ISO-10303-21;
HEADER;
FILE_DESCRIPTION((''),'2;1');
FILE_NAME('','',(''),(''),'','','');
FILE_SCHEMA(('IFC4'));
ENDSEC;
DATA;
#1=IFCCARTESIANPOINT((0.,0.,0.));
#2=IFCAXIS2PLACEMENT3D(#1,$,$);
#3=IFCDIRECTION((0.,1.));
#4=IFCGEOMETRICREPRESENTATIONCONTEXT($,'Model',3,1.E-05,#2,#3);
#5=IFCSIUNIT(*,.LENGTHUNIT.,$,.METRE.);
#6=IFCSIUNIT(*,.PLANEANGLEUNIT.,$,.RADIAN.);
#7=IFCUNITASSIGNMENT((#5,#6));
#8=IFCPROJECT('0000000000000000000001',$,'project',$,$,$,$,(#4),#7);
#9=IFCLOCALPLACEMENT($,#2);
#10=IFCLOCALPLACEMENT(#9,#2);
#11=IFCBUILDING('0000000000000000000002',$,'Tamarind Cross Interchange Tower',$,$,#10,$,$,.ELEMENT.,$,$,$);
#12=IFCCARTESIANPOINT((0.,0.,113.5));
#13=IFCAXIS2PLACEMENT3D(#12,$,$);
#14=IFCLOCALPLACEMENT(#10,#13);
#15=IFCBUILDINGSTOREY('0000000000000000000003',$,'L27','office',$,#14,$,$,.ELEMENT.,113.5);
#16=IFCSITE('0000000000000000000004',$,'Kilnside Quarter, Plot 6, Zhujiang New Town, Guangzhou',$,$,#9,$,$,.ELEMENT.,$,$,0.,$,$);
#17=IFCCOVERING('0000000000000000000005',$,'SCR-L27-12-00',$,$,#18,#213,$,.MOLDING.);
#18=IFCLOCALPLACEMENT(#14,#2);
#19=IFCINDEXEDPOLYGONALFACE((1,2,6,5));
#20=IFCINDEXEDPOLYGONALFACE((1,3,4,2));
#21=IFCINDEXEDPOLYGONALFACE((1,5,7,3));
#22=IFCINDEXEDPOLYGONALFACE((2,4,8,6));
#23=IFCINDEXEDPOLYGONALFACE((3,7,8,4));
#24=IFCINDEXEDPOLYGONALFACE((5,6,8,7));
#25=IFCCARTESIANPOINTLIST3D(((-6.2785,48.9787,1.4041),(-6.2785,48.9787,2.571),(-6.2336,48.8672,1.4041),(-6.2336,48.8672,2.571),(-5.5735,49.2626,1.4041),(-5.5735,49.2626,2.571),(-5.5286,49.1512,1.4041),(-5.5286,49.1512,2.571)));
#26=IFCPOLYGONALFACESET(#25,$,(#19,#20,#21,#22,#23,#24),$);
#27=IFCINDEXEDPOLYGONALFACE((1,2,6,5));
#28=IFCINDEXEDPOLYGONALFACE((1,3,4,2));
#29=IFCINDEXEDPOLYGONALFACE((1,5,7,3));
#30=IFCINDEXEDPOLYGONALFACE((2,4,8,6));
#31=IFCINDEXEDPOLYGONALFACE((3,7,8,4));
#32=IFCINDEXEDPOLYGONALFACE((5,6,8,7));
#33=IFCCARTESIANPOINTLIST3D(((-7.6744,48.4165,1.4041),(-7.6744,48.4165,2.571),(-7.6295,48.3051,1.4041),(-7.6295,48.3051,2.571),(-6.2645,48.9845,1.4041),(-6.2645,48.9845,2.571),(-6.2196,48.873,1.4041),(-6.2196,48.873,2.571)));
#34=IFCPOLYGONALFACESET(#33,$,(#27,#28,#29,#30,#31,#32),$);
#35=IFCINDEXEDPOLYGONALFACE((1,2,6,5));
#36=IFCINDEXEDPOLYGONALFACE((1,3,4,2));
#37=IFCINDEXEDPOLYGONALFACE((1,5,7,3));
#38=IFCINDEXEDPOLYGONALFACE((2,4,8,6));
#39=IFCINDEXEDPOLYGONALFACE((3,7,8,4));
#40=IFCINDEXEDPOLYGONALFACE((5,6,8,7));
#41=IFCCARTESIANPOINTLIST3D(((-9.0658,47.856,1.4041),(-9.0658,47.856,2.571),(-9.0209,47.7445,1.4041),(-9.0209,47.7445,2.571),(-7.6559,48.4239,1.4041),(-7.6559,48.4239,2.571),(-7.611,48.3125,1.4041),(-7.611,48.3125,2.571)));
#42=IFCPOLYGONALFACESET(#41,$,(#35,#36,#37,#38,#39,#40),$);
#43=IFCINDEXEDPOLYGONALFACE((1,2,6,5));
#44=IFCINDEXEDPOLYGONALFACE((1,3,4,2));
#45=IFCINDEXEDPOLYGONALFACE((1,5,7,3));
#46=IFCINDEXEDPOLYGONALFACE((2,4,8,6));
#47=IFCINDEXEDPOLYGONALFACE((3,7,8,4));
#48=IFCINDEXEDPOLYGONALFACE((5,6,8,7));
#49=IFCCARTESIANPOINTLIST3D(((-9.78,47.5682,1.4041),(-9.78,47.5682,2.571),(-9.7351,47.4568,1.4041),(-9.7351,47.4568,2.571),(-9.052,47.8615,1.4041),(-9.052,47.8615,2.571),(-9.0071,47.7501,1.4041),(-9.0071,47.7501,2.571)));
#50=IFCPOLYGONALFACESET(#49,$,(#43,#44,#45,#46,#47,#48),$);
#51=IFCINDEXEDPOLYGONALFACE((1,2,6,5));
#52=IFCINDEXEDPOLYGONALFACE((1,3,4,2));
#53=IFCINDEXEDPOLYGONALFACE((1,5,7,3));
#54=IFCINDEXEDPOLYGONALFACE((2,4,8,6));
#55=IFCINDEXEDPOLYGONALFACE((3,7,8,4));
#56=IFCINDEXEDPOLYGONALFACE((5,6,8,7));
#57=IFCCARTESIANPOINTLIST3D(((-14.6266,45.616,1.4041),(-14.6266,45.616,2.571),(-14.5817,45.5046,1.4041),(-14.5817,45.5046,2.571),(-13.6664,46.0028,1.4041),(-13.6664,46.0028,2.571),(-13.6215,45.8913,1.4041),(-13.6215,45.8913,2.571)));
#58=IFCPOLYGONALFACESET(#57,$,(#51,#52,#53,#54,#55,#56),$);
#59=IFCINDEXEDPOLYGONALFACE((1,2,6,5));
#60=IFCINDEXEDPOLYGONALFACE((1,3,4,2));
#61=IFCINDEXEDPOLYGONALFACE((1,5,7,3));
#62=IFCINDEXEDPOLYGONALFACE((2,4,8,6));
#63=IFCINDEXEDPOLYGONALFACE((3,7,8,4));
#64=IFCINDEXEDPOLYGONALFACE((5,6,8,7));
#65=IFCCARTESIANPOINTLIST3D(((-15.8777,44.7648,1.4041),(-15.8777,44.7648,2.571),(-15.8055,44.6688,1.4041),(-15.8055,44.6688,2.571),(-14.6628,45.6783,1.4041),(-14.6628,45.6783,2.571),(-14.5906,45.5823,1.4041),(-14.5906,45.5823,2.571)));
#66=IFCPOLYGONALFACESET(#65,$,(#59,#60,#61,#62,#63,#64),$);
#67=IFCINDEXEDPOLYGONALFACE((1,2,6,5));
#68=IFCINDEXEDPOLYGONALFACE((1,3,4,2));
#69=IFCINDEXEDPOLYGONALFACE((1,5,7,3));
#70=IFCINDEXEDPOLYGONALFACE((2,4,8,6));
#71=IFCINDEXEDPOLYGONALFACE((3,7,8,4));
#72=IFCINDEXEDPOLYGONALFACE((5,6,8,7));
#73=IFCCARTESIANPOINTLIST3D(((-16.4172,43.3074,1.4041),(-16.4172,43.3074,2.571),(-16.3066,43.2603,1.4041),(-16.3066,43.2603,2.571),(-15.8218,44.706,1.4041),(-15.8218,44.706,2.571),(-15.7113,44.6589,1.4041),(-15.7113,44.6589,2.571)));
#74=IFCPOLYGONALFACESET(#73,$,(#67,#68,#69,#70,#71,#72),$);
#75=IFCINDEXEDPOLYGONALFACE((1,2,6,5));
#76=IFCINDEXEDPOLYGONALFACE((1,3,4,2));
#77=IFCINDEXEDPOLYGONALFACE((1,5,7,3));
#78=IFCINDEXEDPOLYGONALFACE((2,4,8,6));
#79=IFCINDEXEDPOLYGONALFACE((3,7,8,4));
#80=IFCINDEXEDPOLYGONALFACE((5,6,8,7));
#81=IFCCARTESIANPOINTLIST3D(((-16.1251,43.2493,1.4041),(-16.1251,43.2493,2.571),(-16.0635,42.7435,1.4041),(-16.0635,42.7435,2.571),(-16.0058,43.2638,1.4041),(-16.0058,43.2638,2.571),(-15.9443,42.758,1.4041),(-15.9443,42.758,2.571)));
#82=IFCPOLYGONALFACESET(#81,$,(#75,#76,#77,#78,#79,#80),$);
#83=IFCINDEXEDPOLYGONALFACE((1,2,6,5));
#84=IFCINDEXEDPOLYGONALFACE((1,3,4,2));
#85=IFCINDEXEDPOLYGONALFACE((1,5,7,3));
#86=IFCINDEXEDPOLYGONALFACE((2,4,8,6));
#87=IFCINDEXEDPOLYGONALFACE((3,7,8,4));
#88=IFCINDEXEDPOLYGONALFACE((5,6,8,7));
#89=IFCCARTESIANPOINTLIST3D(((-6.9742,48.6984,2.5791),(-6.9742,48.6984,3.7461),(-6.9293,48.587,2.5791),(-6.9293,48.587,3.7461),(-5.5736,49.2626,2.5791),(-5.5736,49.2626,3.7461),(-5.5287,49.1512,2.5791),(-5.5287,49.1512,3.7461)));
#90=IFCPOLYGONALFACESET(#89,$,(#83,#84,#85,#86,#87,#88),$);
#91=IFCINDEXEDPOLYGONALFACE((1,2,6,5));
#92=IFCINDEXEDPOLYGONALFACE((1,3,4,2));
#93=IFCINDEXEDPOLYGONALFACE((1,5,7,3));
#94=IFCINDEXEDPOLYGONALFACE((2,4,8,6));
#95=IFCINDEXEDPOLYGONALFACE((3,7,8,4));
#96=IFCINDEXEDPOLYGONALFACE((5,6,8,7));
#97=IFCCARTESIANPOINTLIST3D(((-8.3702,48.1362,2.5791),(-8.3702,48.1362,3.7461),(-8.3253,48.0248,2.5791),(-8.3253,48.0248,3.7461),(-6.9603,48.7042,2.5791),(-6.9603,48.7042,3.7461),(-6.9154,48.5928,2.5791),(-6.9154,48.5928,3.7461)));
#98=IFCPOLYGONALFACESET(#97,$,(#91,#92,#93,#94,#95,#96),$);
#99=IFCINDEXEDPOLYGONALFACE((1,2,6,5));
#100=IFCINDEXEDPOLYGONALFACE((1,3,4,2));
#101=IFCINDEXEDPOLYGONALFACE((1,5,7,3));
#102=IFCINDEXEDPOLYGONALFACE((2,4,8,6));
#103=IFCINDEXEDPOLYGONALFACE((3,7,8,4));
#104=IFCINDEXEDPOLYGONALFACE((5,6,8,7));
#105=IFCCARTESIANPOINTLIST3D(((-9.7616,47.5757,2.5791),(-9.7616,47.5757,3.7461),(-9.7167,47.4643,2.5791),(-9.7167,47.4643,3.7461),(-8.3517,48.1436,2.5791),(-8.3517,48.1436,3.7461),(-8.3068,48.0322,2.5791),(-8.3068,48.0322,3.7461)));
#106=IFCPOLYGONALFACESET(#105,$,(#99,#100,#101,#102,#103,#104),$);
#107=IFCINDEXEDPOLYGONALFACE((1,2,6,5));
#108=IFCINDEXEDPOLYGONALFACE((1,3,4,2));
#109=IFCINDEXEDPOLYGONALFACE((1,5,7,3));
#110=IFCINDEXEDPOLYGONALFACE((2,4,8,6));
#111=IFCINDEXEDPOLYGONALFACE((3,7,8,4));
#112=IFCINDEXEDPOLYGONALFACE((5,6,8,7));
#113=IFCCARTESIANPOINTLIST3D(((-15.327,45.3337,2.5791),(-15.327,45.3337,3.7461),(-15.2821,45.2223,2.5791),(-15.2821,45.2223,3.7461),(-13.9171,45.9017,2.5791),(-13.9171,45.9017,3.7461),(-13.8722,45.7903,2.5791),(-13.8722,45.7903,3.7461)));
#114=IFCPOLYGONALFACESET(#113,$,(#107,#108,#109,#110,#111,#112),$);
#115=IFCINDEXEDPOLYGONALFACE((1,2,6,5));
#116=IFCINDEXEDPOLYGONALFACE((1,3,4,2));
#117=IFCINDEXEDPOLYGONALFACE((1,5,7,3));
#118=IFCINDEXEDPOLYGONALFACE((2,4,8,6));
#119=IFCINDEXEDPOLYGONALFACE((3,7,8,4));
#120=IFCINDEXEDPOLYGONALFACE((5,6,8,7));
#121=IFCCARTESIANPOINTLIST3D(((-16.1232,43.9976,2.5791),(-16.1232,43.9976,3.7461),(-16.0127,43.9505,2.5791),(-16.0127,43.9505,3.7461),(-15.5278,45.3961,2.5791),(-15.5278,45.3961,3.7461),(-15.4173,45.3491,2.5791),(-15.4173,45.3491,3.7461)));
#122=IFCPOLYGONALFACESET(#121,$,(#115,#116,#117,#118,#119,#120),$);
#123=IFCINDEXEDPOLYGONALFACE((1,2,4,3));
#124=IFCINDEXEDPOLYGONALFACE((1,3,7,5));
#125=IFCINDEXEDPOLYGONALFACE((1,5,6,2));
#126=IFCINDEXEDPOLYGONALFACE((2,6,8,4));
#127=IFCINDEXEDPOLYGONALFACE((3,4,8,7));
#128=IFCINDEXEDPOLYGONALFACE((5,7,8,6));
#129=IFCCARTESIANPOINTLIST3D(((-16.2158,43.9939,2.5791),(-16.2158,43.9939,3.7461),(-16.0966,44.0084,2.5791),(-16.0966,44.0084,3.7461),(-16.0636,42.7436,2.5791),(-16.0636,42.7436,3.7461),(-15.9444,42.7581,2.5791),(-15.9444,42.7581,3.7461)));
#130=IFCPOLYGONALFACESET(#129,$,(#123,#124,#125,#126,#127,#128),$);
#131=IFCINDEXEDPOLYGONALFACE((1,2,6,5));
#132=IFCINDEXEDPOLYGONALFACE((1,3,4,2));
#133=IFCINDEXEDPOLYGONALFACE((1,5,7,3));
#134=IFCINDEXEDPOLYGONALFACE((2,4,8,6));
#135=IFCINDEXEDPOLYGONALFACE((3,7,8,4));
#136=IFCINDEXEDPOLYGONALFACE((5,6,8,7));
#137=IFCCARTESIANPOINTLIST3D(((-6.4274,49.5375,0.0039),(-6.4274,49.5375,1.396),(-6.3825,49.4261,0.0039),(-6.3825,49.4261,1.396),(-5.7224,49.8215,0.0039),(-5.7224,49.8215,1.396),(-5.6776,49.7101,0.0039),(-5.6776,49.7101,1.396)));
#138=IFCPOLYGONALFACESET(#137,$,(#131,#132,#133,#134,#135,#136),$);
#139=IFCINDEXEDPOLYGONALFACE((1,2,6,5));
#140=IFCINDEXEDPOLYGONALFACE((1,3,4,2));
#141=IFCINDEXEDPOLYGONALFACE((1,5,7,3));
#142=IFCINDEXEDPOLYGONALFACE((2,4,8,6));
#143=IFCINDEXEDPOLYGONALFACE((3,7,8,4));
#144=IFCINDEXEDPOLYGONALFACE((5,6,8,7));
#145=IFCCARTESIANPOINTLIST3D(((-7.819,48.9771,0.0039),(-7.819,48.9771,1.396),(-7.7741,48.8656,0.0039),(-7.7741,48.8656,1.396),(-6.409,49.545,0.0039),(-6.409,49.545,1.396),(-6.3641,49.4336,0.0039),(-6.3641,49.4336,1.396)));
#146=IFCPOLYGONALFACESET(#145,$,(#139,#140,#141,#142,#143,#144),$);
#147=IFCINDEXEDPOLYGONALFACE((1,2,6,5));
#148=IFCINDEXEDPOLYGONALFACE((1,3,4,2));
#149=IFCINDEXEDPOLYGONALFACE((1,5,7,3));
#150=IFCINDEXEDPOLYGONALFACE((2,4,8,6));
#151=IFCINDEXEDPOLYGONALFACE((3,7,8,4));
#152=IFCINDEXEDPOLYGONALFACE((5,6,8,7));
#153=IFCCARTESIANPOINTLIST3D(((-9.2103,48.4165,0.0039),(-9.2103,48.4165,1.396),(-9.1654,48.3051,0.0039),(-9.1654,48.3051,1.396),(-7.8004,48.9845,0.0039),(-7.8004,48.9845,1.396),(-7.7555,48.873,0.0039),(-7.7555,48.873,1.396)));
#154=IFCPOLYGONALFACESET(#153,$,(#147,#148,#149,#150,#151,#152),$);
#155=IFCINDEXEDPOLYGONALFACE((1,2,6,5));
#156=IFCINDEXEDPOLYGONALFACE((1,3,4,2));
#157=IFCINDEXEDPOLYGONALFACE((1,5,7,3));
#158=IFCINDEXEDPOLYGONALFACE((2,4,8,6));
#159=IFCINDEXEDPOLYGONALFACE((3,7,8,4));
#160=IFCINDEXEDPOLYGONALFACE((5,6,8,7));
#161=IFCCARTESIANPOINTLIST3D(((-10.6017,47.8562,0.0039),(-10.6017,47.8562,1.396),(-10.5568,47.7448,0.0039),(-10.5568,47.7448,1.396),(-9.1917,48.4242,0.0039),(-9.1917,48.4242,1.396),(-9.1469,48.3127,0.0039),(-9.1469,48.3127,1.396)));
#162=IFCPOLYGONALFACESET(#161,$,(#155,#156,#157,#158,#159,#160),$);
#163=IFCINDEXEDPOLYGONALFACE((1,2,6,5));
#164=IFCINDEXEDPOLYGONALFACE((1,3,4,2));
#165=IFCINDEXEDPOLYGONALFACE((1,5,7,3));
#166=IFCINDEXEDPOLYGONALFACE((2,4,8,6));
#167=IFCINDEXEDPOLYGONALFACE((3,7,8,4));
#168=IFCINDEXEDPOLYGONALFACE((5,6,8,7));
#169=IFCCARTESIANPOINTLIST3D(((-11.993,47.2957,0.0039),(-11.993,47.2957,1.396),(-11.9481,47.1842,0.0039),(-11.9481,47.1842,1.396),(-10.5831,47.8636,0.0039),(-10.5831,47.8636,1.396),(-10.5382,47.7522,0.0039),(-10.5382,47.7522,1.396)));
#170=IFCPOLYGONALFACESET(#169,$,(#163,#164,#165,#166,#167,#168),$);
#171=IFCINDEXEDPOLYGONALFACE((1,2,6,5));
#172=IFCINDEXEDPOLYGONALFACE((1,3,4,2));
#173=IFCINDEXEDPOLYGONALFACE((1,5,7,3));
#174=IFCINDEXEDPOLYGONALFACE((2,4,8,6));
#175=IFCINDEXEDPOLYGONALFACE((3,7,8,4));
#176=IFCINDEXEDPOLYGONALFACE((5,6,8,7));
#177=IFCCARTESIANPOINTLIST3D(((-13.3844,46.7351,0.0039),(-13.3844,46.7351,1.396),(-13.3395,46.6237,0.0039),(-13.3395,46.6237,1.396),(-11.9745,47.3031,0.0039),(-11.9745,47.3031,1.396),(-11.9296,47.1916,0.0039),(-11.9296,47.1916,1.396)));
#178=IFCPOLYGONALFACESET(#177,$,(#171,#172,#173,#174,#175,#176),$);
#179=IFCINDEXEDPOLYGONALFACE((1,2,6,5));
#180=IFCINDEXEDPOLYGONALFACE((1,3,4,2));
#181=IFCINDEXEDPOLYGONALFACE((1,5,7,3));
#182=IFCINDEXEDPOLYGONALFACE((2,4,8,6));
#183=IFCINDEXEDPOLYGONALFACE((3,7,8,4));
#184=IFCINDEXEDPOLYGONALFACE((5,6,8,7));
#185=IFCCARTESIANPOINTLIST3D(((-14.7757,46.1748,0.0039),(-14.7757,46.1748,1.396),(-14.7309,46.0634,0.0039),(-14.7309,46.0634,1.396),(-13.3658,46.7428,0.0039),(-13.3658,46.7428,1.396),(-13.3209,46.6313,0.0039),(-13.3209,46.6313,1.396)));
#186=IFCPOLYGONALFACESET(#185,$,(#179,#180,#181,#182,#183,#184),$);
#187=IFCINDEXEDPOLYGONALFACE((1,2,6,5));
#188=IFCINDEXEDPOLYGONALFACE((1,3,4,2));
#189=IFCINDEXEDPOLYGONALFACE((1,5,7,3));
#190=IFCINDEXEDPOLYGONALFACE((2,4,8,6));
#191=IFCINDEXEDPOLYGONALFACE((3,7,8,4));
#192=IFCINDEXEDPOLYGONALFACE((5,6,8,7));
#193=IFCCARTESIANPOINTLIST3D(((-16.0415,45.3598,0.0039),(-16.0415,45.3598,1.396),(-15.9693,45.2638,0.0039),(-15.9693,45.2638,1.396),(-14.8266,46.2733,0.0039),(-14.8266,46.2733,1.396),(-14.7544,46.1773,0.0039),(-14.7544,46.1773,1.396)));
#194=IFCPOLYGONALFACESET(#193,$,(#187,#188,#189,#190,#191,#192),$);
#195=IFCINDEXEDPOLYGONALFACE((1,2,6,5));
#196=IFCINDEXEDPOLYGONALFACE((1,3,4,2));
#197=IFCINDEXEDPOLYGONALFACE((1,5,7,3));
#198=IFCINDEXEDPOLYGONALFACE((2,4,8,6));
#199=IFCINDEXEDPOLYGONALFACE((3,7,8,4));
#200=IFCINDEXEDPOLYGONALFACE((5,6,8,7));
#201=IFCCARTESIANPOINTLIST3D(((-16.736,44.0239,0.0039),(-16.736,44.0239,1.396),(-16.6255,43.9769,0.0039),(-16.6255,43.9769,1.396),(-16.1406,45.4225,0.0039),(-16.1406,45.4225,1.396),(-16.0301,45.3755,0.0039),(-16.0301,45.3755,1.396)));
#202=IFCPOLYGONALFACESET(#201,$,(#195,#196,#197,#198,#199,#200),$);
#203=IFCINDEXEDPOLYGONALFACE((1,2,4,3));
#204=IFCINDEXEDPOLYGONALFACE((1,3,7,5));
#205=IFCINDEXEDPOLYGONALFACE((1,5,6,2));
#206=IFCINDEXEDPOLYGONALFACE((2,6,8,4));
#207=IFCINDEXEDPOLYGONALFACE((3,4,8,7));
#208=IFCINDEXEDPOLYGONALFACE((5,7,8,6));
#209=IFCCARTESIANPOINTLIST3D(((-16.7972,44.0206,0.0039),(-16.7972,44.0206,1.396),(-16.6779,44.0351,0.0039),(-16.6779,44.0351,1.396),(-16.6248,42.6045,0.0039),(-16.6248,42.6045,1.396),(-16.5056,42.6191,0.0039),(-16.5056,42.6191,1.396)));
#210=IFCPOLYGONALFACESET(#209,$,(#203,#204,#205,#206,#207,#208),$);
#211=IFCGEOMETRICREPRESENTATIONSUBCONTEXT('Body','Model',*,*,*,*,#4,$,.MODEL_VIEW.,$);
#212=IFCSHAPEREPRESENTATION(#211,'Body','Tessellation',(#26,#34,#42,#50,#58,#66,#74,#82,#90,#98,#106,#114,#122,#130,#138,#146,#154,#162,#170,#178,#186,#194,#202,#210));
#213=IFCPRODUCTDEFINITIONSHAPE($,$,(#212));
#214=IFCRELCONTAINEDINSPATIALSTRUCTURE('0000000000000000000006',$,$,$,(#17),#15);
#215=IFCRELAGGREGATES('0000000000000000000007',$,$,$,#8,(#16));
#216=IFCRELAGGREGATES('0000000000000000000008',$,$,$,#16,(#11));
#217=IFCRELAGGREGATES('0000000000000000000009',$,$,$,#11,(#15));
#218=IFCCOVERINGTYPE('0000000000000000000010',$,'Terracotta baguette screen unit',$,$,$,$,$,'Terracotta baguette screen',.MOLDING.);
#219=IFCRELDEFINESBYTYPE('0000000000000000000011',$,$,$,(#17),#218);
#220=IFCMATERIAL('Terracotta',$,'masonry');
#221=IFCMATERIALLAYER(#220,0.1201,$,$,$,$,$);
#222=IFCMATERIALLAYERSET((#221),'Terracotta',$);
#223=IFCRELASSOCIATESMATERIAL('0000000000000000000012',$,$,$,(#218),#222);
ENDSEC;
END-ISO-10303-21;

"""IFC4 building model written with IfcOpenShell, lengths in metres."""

from ifc_helpers import new_model, si_unit, direction, frame, origin, origin_2d, place, context, subcontext, project, spatial, rectangle, extrude, material, layer, layer_set, type_object, element, save


model = new_model("IFC4")

# Units and contexts
model_context = context("Model", 3, precision=1e-05, world=origin(), true_north=direction((0.0, 1.0)))
body_context = subcontext(model_context, "Body", "Model", "MODEL_VIEW")
ifc_project = project(units=[si_unit("LENGTHUNIT", "METRE"), si_unit("PLANEANGLEUNIT", "RADIAN")], contexts=[model_context])

# Site, building, storey
site_placement = place(None, origin())
site = spatial("IfcSite", under=ifc_project, at=site_placement, Name="Kilnside Quarter, Plot 6, Zhujiang New Town, Guangzhou", CompositionType="ELEMENT", RefElevation=0.0)
building_placement = place(site_placement, origin())
building = spatial("IfcBuilding", under=site, at=building_placement, Name="Tamarind Cross Interchange Tower", CompositionType="ELEMENT")
storey_placement = place(building_placement, frame((0.0, 0.0, 113.5)))
storey = spatial("IfcBuildingStorey", under=building, at=storey_placement, Name="L27", Description="office", CompositionType="ELEMENT", Elevation=113.5)

# Covering
ifc_material_1 = material(Name="Terracotta", Category="masonry")
ifc_layer_1 = layer(ifc_material_1, 0.1201)
ifc_layer_set_1 = layer_set([ifc_layer_1], Name="Terracotta")
covering_type = type_object("IfcCoveringType", Name="Terracotta baguette screen unit", ElementType="Terracotta baguette screen", PredefinedType="MOLDING", material=ifc_layer_set_1)
covering_1_placement = place(storey_placement, origin())
element("IfcCovering", 1, at=covering_1_placement, inside=storey, type_object=covering_type, Name="SCR-L27-12-00", PredefinedType="MOLDING", context=body_context, shape_type="SweptSolid", body=[
    extrude(rectangle(XDim=0.76, YDim=0.1201, at=origin_2d()), frame((-5.9036, 49.0649, 1.4041), z_axis=(0.0, 0.0, 1.0), x_axis=(-0.92757, -0.373648, 0.0)), (0.0, 0.0, 1.0), 1.167),
    extrude(rectangle(XDim=1.52, YDim=0.1201, at=origin_2d()), frame((-6.947, 48.6448, 1.4041), z_axis=(0.0, 0.0, 1.0), x_axis=(-0.92757, -0.373648, 0.0)), (0.0, 0.0, 1.0), 1.167),
    extrude(rectangle(XDim=1.52, YDim=0.1201, at=origin_2d()), frame((-8.3384, 48.0842, 1.4041), z_axis=(0.0, 0.0, 1.0), x_axis=(-0.92757, -0.373648, 0.0)), (0.0, 0.0, 1.0), 1.167),
    extrude(rectangle(XDim=0.7849, YDim=0.1201, at=origin_2d()), frame((-9.3936, 47.6592, 1.4041), z_axis=(0.0, 0.0, 1.0), x_axis=(-0.92757, -0.373648, 0.0)), (0.0, 0.0, 1.0), 1.167),
    extrude(rectangle(XDim=1.0352, YDim=0.1201, at=origin_2d()), frame((-14.124, 45.7537, 1.4041), z_axis=(0.0, 0.0, 1.0), x_axis=(-0.92757, -0.373648, 0.0)), (0.0, 0.0, 1.0), 1.167),
    extrude(rectangle(XDim=1.52, YDim=0.1201, at=origin_2d()), frame((-15.2341, 45.1736, 1.4041), z_axis=(0.0, 0.0, 1.0), x_axis=(-0.799257, -0.60099, 0.0)), (0.0, 0.0, 1.0), 1.167),
    extrude(rectangle(XDim=1.52, YDim=0.1201, at=origin_2d()), frame((-16.0642, 43.9832, 1.4041), z_axis=(0.0, 0.0, 1.0), x_axis=(-0.391682, -0.920101, 0.0)), (0.0, 0.0, 1.0), 1.167),
    extrude(rectangle(XDim=0.5095, YDim=0.1201, at=origin_2d()), frame((-16.0347, 43.0037, 1.4041), z_axis=(0.0, 0.0, 1.0), x_axis=(0.120844, -0.992672, 0.0)), (0.0, 0.0, 1.0), 1.167),
    extrude(rectangle(XDim=1.51, YDim=0.1201, at=origin_2d()), frame((-6.2515, 48.9248, 2.5791), z_axis=(0.0, 0.0, 1.0), x_axis=(-0.92757, -0.373648, 0.0)), (0.0, 0.0, 1.0), 1.167),
    extrude(rectangle(XDim=1.52, YDim=0.1201, at=origin_2d()), frame((-7.6428, 48.3645, 2.5791), z_axis=(0.0, 0.0, 1.0), x_axis=(-0.92757, -0.373648, 0.0)), (0.0, 0.0, 1.0), 1.167),
    extrude(rectangle(XDim=1.52, YDim=0.1201, at=origin_2d()), frame((-9.0342, 47.804, 2.5791), z_axis=(0.0, 0.0, 1.0), x_axis=(-0.92757, -0.373648, 0.0)), (0.0, 0.0, 1.0), 1.167),
    extrude(rectangle(XDim=1.52, YDim=0.1201, at=origin_2d()), frame((-14.5996, 45.562, 2.5791), z_axis=(0.0, 0.0, 1.0), x_axis=(-0.92757, -0.373648, 0.0)), (0.0, 0.0, 1.0), 1.167),
    extrude(rectangle(XDim=1.52, YDim=0.1201, at=origin_2d()), frame((-15.7703, 44.6733, 2.5791), z_axis=(0.0, 0.0, 1.0), x_axis=(-0.391682, -0.920101, 0.0)), (0.0, 0.0, 1.0), 1.167),
    extrude(rectangle(XDim=1.2595, YDim=0.1201, at=origin_2d()), frame((-16.0801, 43.376, 2.5791), z_axis=(0.0, 0.0, 1.0), x_axis=(0.120844, -0.992672, 0.0)), (0.0, 0.0, 1.0), 1.167),
    extrude(rectangle(XDim=0.76, YDim=0.1201, at=origin_2d()), frame((-6.0525, 49.6238, 0.0039), z_axis=(0.0, 0.0, 1.0), x_axis=(-0.92757, -0.373648, 0.0)), (0.0, 0.0, 1.0), 1.3921),
    extrude(rectangle(XDim=1.52, YDim=0.1201, at=origin_2d()), frame((-7.0916, 49.2053, 0.0039), z_axis=(0.0, 0.0, 1.0), x_axis=(-0.92757, -0.373648, 0.0)), (0.0, 0.0, 1.0), 1.3921),
    extrude(rectangle(XDim=1.52, YDim=0.1201, at=origin_2d()), frame((-8.4829, 48.6448, 0.0039), z_axis=(0.0, 0.0, 1.0), x_axis=(-0.92757, -0.373648, 0.0)), (0.0, 0.0, 1.0), 1.3921),
    extrude(rectangle(XDim=1.52, YDim=0.1201, at=origin_2d()), frame((-9.8743, 48.0845, 0.0039), z_axis=(0.0, 0.0, 1.0), x_axis=(-0.92757, -0.373648, 0.0)), (0.0, 0.0, 1.0), 1.3921),
    extrude(rectangle(XDim=1.52, YDim=0.1201, at=origin_2d()), frame((-11.2656, 47.5239, 0.0039), z_axis=(0.0, 0.0, 1.0), x_axis=(-0.92757, -0.373648, 0.0)), (0.0, 0.0, 1.0), 1.3921),
    extrude(rectangle(XDim=1.52, YDim=0.1201, at=origin_2d()), frame((-12.657, 46.9634, 0.0039), z_axis=(0.0, 0.0, 1.0), x_axis=(-0.92757, -0.373648, 0.0)), (0.0, 0.0, 1.0), 1.3921),
    extrude(rectangle(XDim=1.52, YDim=0.1201, at=origin_2d()), frame((-14.0483, 46.4031, 0.0039), z_axis=(0.0, 0.0, 1.0), x_axis=(-0.92757, -0.373648, 0.0)), (0.0, 0.0, 1.0), 1.3921),
    extrude(rectangle(XDim=1.52, YDim=0.1201, at=origin_2d()), frame((-15.3979, 45.7686, 0.0039), z_axis=(0.0, 0.0, 1.0), x_axis=(-0.799257, -0.60099, 0.0)), (0.0, 0.0, 1.0), 1.3921),
    extrude(rectangle(XDim=1.52, YDim=0.1201, at=origin_2d()), frame((-16.3831, 44.6997, 0.0039), z_axis=(0.0, 0.0, 1.0), x_axis=(-0.391682, -0.920101, 0.0)), (0.0, 0.0, 1.0), 1.3921),
    extrude(rectangle(XDim=1.4265, YDim=0.1201, at=origin_2d()), frame((-16.6514, 43.3198, 0.0039), z_axis=(0.0, 0.0, 1.0), x_axis=(0.120844, -0.992672, 0.0)), (0.0, 0.0, 1.0), 1.3921),
])

save(model, "model.ifc")
